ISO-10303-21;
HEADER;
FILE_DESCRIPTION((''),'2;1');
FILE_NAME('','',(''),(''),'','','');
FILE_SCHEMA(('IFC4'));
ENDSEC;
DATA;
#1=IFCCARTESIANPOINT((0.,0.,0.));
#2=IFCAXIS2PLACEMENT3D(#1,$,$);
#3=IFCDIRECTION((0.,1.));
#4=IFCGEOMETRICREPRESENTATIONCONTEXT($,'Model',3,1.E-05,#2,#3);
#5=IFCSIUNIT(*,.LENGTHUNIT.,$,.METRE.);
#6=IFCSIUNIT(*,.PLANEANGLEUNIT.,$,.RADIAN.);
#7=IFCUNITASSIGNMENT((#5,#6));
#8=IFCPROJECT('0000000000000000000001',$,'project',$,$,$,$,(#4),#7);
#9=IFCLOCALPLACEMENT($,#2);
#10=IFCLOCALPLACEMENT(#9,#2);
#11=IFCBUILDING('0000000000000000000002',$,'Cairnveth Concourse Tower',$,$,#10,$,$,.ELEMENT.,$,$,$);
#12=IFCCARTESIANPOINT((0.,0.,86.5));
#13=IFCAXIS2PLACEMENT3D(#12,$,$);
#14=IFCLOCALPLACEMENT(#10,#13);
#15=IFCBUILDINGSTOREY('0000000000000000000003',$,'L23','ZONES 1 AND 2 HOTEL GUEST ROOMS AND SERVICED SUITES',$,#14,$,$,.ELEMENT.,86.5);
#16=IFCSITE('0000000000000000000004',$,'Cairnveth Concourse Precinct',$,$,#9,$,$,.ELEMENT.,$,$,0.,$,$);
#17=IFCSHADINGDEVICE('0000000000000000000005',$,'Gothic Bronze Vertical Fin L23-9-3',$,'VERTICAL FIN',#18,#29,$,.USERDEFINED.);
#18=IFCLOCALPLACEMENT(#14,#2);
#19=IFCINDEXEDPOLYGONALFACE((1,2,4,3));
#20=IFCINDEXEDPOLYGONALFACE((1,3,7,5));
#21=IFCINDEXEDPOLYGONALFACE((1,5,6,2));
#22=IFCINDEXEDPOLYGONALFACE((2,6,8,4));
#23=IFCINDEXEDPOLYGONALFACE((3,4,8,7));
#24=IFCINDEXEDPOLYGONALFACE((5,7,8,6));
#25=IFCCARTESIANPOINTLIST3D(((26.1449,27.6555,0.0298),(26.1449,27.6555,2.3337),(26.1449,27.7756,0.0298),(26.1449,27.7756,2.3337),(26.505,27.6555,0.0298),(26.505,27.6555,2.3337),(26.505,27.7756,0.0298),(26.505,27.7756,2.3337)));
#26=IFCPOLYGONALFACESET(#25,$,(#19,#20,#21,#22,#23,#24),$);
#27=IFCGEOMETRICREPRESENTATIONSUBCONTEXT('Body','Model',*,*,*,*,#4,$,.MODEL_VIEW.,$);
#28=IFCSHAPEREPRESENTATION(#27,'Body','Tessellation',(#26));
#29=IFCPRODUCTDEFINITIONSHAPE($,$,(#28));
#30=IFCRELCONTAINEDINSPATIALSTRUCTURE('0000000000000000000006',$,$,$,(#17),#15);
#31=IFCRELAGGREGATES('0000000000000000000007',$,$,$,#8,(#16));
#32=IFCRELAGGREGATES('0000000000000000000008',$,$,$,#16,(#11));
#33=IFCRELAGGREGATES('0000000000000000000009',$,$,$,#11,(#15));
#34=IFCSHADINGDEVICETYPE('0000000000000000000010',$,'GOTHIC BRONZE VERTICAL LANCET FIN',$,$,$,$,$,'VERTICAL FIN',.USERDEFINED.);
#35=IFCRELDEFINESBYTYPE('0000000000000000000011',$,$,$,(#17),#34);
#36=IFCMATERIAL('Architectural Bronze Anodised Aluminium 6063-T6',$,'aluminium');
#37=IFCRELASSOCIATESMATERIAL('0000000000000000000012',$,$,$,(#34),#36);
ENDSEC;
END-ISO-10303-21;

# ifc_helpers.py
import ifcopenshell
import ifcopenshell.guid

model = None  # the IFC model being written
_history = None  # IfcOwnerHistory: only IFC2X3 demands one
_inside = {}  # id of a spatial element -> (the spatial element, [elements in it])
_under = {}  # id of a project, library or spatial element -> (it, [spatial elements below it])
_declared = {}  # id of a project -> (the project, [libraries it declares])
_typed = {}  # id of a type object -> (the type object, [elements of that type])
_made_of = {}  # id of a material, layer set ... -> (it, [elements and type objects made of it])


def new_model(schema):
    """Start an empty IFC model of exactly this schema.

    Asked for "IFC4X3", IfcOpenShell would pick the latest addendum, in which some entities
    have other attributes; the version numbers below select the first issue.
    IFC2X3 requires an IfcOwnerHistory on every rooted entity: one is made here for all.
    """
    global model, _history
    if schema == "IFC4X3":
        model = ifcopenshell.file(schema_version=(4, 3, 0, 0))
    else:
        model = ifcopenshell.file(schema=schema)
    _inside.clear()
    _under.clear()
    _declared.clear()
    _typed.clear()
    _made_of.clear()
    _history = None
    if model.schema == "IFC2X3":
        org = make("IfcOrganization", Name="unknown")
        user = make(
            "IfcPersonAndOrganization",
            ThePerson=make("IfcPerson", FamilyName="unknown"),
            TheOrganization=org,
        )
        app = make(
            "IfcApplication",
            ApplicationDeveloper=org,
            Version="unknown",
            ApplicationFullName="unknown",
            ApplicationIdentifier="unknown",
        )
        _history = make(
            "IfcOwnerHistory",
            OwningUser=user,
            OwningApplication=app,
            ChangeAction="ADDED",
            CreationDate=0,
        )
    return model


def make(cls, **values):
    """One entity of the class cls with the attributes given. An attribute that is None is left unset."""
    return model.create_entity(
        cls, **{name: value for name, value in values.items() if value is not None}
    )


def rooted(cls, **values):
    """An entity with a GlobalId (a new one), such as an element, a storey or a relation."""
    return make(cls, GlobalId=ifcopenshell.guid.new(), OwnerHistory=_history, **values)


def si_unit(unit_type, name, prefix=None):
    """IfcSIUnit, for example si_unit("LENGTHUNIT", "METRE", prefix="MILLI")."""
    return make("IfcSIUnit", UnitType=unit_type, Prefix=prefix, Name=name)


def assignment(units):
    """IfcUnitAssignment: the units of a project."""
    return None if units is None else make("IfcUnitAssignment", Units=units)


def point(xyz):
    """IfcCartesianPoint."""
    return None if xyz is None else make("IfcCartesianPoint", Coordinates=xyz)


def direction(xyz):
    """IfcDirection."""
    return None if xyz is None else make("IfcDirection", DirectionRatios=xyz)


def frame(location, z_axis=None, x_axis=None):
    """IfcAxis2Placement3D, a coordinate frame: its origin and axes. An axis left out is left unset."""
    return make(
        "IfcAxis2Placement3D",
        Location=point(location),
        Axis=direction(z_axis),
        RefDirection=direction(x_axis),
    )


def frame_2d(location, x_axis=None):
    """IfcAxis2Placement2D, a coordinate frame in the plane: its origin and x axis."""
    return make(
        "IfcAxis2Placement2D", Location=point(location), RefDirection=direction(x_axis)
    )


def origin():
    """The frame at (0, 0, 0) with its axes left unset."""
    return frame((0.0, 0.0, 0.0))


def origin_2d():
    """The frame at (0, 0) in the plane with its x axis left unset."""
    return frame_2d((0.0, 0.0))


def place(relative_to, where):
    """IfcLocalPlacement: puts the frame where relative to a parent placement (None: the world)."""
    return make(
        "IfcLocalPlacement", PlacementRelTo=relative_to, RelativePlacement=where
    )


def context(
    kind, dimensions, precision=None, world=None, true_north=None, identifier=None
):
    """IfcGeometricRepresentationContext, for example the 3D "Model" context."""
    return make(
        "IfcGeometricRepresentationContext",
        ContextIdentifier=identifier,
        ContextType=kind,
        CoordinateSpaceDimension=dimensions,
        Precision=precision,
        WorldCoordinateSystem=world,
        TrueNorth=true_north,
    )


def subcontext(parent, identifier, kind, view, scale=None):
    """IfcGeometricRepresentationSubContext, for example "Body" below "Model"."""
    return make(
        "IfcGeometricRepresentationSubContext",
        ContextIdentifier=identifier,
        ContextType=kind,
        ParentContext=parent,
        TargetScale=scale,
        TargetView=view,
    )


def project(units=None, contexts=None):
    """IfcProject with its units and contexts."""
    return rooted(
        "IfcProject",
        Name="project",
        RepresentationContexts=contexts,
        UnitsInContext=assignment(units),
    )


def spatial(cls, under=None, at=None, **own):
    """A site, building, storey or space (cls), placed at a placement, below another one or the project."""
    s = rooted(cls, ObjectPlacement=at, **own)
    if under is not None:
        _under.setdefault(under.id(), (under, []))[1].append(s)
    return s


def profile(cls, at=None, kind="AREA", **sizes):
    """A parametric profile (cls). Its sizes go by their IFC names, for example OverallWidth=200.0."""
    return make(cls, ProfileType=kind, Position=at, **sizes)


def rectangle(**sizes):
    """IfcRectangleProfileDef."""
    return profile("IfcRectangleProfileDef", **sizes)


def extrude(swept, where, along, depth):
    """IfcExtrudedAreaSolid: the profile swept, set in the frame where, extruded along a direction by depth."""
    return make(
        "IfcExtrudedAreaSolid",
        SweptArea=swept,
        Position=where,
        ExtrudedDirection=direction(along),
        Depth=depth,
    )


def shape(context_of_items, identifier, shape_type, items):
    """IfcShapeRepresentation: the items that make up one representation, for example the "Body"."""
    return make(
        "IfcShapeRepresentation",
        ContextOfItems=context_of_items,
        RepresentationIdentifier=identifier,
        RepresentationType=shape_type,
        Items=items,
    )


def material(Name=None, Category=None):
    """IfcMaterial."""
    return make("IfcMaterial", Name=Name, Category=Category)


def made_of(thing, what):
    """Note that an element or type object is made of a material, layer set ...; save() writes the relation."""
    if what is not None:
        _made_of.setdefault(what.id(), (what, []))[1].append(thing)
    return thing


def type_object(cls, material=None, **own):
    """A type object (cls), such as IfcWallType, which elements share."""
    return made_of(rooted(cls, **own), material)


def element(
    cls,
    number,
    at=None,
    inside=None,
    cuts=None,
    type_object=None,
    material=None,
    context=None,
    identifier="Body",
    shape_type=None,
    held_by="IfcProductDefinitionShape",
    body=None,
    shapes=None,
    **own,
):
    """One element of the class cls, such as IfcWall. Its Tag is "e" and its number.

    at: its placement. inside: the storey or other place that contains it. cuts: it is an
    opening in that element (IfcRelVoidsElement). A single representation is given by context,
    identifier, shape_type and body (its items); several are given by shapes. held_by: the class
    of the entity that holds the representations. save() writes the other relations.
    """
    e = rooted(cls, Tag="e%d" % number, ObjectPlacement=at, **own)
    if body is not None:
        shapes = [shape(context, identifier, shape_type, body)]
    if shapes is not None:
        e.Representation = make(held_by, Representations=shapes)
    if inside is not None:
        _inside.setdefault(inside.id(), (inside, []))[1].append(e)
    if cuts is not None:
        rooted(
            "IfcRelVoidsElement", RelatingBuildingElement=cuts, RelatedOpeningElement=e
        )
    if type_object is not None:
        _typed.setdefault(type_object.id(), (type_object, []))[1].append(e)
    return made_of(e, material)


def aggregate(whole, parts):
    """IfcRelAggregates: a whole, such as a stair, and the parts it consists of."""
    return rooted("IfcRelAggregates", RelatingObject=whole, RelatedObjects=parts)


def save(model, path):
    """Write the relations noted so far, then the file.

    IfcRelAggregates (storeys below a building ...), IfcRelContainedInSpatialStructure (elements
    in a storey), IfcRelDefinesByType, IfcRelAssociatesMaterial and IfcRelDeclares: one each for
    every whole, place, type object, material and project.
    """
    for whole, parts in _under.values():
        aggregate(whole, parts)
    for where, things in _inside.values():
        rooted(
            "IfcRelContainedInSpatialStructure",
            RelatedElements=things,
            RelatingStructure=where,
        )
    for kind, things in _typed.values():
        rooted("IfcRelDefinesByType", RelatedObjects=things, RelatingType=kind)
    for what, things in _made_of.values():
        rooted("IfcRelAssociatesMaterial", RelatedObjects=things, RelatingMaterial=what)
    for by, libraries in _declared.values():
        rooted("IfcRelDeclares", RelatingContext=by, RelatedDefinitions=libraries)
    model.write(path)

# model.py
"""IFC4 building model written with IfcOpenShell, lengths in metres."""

from ifc_helpers import new_model, si_unit, direction, frame, origin, origin_2d, place, context, subcontext, project, spatial, rectangle, extrude, material, type_object, element, save


model = new_model("IFC4")

# Units and contexts
model_context = context("Model", 3, precision=1e-05, world=origin(), true_north=direction((0.0, 1.0)))
body_context = subcontext(model_context, "Body", "Model", "MODEL_VIEW")
ifc_project = project(units=[si_unit("LENGTHUNIT", "METRE"), si_unit("PLANEANGLEUNIT", "RADIAN")], contexts=[model_context])

# Site, building, storey
site_placement = place(None, origin())
site = spatial("IfcSite", under=ifc_project, at=site_placement, Name="Cairnveth Concourse Precinct", CompositionType="ELEMENT", RefElevation=0.0)
building_placement = place(site_placement, origin())
building = spatial("IfcBuilding", under=site, at=building_placement, Name="Cairnveth Concourse Tower", CompositionType="ELEMENT")
storey_placement = place(building_placement, frame((0.0, 0.0, 86.5)))
storey = spatial("IfcBuildingStorey", under=building, at=storey_placement, Name="L23", Description="ZONES 1 AND 2 HOTEL GUEST ROOMS AND SERVICED SUITES", CompositionType="ELEMENT", Elevation=86.5)

# Shading device
ifc_material_1 = material(Name="Architectural Bronze Anodised Aluminium 6063-T6", Category="aluminium")
shading_device_type = type_object("IfcShadingDeviceType", Name="GOTHIC BRONZE VERTICAL LANCET FIN", ElementType="VERTICAL FIN", PredefinedType="USERDEFINED", material=ifc_material_1)
shading_device_placement = place(storey_placement, frame((26.325, 27.7156, 0.0298), z_axis=(0.0, 0.0, 1.0), x_axis=(0.0, 1.0, 0.0)))
element("IfcShadingDevice", 1, at=shading_device_placement, inside=storey, type_object=shading_device_type, Name="Gothic Bronze Vertical Fin L23-9-3", ObjectType="VERTICAL FIN", PredefinedType="USERDEFINED", context=body_context, shape_type="SweptSolid", body=[
    extrude(rectangle(XDim=0.1201, YDim=0.3601, at=origin_2d()), origin(), (0.0, 0.0, 1.0), 2.304),
])

save(model, "model.ifc")
